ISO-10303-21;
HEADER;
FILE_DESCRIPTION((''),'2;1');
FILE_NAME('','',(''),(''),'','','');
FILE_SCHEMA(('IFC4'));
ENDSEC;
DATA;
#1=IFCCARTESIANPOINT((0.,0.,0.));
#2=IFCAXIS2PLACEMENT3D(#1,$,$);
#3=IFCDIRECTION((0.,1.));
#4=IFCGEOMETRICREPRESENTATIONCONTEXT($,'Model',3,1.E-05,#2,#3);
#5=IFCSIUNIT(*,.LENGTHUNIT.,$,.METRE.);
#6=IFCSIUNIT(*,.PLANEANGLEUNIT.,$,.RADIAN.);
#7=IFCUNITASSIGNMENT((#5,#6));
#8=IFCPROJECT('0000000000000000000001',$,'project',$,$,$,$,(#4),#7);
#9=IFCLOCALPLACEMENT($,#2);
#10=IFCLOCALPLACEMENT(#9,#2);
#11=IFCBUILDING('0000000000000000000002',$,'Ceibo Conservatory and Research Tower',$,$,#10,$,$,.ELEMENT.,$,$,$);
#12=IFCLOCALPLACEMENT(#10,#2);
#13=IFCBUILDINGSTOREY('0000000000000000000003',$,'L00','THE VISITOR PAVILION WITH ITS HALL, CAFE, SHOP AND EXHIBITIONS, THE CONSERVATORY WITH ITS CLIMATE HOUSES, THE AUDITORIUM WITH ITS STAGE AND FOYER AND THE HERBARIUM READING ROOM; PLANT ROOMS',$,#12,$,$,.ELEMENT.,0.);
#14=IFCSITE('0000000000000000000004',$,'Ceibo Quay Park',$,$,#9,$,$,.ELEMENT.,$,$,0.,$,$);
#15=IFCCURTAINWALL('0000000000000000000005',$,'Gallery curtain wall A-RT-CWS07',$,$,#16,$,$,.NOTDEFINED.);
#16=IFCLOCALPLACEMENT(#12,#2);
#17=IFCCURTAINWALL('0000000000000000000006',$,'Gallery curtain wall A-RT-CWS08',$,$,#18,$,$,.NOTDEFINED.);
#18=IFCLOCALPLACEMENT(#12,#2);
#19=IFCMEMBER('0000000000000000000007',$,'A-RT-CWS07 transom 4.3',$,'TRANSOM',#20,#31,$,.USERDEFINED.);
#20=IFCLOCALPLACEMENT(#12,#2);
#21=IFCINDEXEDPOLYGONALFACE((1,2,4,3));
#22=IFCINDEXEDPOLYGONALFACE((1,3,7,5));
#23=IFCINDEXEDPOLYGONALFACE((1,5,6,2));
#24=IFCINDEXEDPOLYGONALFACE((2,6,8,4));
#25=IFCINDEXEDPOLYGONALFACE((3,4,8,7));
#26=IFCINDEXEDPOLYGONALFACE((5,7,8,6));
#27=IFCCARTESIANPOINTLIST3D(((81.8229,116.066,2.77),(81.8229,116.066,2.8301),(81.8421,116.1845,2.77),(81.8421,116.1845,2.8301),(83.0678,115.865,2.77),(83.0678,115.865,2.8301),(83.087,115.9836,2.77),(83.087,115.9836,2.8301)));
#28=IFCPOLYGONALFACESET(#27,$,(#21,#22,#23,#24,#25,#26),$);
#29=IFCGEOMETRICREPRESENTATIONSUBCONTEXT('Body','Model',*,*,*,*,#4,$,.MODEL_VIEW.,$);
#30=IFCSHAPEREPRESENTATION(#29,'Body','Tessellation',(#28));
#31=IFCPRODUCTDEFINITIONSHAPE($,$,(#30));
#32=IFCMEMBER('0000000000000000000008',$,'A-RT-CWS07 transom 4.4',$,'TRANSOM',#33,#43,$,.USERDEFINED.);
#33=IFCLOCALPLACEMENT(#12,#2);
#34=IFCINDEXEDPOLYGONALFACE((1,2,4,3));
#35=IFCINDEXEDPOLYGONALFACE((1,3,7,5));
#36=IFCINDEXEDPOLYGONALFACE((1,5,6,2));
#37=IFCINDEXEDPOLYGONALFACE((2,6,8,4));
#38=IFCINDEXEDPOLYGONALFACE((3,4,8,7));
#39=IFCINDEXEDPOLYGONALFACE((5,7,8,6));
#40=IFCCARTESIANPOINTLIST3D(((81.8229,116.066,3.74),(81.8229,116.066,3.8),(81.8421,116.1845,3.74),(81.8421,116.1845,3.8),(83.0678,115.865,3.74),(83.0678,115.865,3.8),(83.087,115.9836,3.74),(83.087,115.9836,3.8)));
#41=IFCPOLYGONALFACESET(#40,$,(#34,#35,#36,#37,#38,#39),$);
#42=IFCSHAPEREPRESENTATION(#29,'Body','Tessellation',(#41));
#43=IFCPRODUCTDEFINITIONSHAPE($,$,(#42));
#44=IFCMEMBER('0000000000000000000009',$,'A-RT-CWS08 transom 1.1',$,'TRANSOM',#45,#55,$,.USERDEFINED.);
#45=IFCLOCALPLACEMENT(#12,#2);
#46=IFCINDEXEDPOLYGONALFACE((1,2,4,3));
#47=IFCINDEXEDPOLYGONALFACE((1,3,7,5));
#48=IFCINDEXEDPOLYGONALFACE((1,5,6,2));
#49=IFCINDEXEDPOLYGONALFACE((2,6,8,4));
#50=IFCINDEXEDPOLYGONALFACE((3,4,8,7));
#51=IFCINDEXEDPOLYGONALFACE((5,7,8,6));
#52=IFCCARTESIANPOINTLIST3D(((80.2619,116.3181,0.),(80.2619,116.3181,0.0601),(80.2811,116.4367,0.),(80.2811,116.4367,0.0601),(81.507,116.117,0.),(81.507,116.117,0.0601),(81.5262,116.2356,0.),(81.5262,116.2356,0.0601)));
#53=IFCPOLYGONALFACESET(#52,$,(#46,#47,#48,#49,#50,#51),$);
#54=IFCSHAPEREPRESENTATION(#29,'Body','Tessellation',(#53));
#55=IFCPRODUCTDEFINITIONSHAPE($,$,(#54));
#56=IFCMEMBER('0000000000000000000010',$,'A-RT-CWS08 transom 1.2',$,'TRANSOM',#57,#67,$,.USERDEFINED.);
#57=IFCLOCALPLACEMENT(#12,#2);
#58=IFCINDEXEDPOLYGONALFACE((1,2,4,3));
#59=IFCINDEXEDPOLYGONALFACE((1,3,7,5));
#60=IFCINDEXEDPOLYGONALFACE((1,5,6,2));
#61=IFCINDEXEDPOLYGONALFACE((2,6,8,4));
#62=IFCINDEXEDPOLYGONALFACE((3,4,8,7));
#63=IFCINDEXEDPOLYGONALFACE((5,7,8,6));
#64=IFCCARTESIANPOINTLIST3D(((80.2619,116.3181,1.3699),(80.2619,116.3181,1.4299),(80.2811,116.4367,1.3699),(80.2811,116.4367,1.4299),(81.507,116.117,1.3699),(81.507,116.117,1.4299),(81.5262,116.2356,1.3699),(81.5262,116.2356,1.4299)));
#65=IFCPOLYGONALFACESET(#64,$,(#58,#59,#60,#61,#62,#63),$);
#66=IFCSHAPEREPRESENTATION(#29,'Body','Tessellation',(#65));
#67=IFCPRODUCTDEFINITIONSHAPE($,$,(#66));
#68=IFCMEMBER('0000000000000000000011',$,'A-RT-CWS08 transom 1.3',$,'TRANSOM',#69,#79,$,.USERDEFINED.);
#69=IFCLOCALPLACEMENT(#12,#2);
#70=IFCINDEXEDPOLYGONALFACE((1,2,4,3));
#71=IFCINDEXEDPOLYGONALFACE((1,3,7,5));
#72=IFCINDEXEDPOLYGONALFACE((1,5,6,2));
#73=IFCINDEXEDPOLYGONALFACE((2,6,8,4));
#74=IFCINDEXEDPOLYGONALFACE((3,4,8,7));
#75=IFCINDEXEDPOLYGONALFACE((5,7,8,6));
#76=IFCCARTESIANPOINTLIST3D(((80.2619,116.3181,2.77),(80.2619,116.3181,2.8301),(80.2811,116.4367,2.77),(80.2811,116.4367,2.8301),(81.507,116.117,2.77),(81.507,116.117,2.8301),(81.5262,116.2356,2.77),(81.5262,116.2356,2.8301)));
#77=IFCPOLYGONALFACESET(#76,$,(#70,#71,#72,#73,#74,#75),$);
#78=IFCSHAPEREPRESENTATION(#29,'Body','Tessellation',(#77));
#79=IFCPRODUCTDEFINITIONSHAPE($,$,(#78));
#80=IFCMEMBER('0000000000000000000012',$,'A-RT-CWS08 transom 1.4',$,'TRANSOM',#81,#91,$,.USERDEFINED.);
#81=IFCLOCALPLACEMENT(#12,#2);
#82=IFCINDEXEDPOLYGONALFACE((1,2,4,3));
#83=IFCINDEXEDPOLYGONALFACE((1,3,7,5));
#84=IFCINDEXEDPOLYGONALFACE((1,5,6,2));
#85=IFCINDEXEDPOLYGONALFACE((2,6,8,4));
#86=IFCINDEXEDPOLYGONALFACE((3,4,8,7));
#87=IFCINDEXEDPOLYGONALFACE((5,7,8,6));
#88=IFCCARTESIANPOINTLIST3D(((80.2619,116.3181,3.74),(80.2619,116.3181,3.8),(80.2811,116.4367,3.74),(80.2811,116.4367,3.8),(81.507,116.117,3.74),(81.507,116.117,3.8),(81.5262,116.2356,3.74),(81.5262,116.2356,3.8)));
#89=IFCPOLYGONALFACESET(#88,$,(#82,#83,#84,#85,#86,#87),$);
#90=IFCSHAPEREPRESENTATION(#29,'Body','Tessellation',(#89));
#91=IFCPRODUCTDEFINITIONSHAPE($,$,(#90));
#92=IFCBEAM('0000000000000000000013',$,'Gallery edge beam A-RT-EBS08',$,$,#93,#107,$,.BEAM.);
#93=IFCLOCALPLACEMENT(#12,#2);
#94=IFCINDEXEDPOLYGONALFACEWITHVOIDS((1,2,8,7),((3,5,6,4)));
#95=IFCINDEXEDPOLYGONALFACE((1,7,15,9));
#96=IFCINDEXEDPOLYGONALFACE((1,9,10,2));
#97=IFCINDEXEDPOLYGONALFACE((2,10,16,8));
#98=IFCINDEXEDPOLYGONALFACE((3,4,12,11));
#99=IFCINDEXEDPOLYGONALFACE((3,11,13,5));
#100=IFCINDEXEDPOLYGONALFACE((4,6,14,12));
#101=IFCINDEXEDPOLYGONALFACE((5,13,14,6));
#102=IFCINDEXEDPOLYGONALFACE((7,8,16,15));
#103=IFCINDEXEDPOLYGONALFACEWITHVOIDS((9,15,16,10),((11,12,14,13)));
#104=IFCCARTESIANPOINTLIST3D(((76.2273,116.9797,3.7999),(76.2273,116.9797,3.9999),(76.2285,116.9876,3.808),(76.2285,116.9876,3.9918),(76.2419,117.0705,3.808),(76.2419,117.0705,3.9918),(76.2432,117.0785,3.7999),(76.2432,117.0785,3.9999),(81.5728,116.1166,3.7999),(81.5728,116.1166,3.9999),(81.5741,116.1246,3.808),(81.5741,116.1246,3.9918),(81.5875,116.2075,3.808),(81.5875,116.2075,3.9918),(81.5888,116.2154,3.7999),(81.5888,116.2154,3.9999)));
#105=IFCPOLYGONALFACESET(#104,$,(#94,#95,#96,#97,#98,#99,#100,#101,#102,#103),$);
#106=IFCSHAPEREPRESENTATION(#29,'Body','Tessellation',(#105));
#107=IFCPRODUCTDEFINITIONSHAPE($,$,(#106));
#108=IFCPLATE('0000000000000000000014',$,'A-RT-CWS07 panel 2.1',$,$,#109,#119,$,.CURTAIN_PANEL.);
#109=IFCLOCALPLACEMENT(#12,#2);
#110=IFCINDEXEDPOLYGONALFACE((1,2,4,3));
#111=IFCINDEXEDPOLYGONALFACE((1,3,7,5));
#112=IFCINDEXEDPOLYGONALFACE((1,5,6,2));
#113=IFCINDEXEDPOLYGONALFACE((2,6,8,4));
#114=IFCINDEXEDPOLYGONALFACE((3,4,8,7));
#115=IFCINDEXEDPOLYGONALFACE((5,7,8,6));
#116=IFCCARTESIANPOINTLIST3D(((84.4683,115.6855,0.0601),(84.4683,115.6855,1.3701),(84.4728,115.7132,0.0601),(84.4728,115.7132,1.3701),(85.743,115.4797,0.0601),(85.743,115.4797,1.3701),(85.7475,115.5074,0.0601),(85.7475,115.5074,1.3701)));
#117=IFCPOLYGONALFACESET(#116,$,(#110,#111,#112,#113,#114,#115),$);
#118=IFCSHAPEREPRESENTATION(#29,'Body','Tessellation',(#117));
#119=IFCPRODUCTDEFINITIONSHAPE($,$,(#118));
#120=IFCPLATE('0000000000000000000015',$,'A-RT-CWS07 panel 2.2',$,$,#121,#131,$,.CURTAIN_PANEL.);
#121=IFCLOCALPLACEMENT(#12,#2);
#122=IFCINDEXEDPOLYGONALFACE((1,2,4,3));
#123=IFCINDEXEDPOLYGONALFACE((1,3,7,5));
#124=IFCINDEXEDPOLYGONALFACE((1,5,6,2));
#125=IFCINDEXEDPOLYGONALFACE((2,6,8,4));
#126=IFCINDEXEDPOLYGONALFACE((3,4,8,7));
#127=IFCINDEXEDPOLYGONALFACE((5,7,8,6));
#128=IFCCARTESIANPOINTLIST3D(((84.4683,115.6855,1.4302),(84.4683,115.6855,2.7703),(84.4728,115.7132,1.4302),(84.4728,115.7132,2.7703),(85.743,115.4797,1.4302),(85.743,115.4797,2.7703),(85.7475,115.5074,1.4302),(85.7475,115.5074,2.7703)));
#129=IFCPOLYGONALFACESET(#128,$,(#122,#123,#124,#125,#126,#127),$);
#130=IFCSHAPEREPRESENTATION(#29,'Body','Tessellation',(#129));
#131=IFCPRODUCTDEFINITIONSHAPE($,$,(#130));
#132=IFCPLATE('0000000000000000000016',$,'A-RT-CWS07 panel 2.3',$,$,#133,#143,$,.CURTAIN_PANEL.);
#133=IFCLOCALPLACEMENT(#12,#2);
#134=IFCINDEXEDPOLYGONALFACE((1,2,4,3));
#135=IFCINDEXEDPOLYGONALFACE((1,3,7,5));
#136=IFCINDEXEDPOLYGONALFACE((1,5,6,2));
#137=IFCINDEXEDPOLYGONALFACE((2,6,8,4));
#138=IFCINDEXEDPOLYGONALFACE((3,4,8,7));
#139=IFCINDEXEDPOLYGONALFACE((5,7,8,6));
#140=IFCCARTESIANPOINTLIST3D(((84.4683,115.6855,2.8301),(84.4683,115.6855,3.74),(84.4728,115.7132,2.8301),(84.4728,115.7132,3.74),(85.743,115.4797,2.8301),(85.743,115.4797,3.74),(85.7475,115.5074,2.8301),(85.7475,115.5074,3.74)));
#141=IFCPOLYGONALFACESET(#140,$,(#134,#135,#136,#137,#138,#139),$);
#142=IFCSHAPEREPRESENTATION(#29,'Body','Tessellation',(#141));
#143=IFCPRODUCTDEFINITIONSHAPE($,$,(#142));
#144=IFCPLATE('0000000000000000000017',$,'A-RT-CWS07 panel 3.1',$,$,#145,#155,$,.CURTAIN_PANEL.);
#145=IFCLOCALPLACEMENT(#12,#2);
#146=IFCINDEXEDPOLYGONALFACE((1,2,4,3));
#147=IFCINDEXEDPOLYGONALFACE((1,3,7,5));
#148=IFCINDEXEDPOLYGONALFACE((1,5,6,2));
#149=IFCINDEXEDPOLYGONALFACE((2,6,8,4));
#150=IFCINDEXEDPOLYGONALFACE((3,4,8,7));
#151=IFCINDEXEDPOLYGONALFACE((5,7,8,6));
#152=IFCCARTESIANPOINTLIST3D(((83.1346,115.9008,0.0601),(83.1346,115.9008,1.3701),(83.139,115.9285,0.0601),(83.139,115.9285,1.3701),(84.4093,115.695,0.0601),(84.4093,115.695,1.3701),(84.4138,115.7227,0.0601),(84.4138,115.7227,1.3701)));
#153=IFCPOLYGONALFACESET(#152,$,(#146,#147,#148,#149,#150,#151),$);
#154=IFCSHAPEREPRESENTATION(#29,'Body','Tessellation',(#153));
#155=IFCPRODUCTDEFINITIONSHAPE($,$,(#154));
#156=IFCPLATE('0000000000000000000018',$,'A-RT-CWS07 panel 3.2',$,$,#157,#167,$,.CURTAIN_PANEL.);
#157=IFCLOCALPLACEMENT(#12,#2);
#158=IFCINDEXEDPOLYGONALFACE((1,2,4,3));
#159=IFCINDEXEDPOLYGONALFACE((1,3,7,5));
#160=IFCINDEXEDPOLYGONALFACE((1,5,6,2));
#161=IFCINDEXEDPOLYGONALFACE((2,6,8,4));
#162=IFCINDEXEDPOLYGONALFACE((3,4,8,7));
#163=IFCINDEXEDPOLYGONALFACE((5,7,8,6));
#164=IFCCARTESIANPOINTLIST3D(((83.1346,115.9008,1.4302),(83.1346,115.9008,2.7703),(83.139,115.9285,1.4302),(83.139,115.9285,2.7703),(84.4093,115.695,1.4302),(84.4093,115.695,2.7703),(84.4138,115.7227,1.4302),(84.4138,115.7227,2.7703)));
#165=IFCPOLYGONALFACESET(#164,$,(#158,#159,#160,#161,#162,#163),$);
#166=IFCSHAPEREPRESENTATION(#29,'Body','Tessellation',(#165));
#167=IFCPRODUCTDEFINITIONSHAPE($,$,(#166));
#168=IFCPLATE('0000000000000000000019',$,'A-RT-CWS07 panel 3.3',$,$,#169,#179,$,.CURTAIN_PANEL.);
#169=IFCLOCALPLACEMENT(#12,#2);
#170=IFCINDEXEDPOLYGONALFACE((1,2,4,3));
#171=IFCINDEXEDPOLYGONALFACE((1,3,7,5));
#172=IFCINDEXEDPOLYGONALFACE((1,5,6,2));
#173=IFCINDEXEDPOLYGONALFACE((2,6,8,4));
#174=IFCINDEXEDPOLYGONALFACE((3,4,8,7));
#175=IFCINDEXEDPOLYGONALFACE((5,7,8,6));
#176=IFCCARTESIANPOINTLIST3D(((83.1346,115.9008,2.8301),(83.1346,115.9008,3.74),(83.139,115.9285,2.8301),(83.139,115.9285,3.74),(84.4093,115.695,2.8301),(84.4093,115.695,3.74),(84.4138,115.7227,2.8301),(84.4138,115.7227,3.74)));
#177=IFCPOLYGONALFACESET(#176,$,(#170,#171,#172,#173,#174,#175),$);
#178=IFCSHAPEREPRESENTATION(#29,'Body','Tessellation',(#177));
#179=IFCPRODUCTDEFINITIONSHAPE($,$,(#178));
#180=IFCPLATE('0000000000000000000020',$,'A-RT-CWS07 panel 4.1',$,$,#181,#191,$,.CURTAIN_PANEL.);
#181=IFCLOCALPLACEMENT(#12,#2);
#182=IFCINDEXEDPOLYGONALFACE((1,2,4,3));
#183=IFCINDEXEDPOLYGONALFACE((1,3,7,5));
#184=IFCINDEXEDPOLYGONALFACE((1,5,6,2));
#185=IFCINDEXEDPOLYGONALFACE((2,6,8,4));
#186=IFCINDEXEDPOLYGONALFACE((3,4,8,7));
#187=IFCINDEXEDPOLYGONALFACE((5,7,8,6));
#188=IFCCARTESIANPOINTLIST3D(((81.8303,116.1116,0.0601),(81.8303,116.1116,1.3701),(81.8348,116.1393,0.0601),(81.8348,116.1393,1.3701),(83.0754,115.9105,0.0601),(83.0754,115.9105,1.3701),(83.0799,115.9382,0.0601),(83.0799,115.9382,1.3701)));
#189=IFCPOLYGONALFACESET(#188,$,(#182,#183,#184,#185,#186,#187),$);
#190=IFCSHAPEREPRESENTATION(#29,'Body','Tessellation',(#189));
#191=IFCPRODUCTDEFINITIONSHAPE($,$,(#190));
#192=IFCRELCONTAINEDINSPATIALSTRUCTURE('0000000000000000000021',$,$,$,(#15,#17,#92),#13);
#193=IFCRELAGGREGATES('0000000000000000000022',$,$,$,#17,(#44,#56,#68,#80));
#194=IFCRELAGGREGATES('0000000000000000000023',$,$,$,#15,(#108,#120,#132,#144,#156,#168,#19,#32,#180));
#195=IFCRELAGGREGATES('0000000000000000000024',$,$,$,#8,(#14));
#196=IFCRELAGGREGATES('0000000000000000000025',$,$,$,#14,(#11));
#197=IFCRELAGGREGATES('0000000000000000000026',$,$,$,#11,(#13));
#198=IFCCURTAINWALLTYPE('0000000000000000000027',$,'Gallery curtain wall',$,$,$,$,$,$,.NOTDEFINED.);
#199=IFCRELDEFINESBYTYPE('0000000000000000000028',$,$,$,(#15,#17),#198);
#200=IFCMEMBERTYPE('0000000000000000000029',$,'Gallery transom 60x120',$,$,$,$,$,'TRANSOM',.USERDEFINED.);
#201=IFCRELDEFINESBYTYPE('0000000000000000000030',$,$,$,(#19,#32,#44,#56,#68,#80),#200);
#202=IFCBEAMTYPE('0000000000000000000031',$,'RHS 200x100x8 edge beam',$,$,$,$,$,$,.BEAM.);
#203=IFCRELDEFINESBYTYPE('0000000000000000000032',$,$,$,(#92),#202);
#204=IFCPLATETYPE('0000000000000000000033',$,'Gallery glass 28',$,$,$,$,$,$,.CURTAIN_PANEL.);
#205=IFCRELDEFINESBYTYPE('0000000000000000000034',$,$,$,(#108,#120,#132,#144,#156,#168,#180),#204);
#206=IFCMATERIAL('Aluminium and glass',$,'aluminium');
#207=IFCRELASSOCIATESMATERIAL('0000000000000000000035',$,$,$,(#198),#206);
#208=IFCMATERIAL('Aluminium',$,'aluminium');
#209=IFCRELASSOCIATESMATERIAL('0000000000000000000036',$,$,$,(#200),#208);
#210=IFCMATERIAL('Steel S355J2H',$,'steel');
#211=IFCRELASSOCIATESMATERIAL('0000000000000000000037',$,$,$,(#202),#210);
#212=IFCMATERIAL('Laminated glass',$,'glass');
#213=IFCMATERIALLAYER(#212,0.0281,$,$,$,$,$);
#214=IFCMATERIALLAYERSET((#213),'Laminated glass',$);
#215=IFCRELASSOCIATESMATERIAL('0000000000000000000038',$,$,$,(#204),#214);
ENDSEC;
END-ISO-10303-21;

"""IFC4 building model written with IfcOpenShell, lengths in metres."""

from ifc_helpers import new_model, si_unit, direction, frame, origin, origin_2d, place, context, subcontext, project, spatial, rectangle, hollow_rectangle, extrude, material, layer, layer_set, material_profile, profile_set, type_object, element, aggregate, save


model = new_model("IFC4")

# Units and contexts
model_context = context("Model", 3, precision=1e-05, world=origin(), true_north=direction((0.0, 1.0)))
body_context = subcontext(model_context, "Body", "Model", "MODEL_VIEW")
ifc_project = project(units=[si_unit("LENGTHUNIT", "METRE"), si_unit("PLANEANGLEUNIT", "RADIAN")], contexts=[model_context])

# Site, building, storey
site_placement = place(None, origin())
site = spatial("IfcSite", under=ifc_project, at=site_placement, Name="Ceibo Quay Park", CompositionType="ELEMENT", RefElevation=0.0)
building_placement = place(site_placement, origin())
building = spatial("IfcBuilding", under=site, at=building_placement, Name="Ceibo Conservatory and Research Tower", CompositionType="ELEMENT")
storey_placement = place(building_placement, origin())
storey = spatial("IfcBuildingStorey", under=building, at=storey_placement, Name="L00", Description="THE VISITOR PAVILION WITH ITS HALL, CAFE, SHOP AND EXHIBITIONS, THE CONSERVATORY WITH ITS CLIMATE HOUSES, THE AUDITORIUM WITH ITS STAGE AND FOYER AND THE HERBARIUM READING ROOM; PLANT ROOMS", CompositionType="ELEMENT", Elevation=0.0)

# Shared definitions
ifc_material_1 = material(Name="Steel S355J2H", Category="steel")

# Curtain wall
ifc_material_2 = material(Name="Aluminium and glass", Category="aluminium")
curtain_wall_type = type_object("IfcCurtainWallType", Name="Gallery curtain wall", PredefinedType="NOTDEFINED", material=ifc_material_2)
curtain_wall_1_placement = place(storey_placement, origin())
curtain_wall_1 = element("IfcCurtainWall", 1, at=curtain_wall_1_placement, inside=storey, type_object=curtain_wall_type, Name="Gallery curtain wall A-RT-CWS07", PredefinedType="NOTDEFINED")
ifc_material_3 = material(Name="Aluminium", Category="aluminium")

# Curtain wall
curtain_wall_2_placement = place(storey_placement, origin())
curtain_wall_2 = element("IfcCurtainWall", 2, at=curtain_wall_2_placement, inside=storey, type_object=curtain_wall_type, Name="Gallery curtain wall A-RT-CWS08", PredefinedType="NOTDEFINED")

# Members
ifc_material_profile_1 = material_profile(ifc_material_3, rectangle(XDim=0.1201, YDim=0.0601, at=origin_2d()), Name="AL 60x120")
ifc_profile_set_1 = profile_set([ifc_material_profile_1], Name="Aluminium")
member_type_1 = type_object("IfcMemberType", Name="Gallery transom 60x120", ElementType="TRANSOM", PredefinedType="USERDEFINED", material=ifc_profile_set_1)
member_1_placement = place(storey_placement, frame((83.0774, 115.9243, 2.8), z_axis=(-0.987223, 0.159342, 0.0), x_axis=(-0.159342, -0.987223, 0.0)))
member_1 = element("IfcMember", 3, at=member_1_placement, type_object=member_type_1, Name="A-RT-CWS07 transom 4.3", ObjectType="TRANSOM", PredefinedType="USERDEFINED", context=body_context, shape_type="SweptSolid", body=[
    extrude(rectangle(XDim=0.1201, YDim=0.0601, at=origin_2d()), origin(), (0.0, 0.0, 1.0), 1.261),
])
member_2_placement = place(storey_placement, frame((83.0774, 115.9243, 3.77), z_axis=(-0.987223, 0.159342, 0.0), x_axis=(-0.159342, -0.987223, 0.0)))
member_2 = element("IfcMember", 4, at=member_2_placement, type_object=member_type_1, Name="A-RT-CWS07 transom 4.4", ObjectType="TRANSOM", PredefinedType="USERDEFINED", context=body_context, shape_type="SweptSolid", body=[
    extrude(rectangle(XDim=0.1201, YDim=0.0601, at=origin_2d()), origin(), (0.0, 0.0, 1.0), 1.261),
])
member_3_placement = place(storey_placement, frame((81.5166, 116.1763, 0.03), z_axis=(-0.987198, 0.1595, 0.0), x_axis=(-0.1595, -0.987198, 0.0)))
member_3 = element("IfcMember", 5, at=member_3_placement, type_object=member_type_1, Name="A-RT-CWS08 transom 1.1", ObjectType="TRANSOM", PredefinedType="USERDEFINED", context=body_context, shape_type="SweptSolid", body=[
    extrude(rectangle(XDim=0.1201, YDim=0.0601, at=origin_2d()), origin(), (0.0, 0.0, 1.0), 1.2612),
])
member_4_placement = place(storey_placement, frame((81.5166, 116.1763, 1.3999), z_axis=(-0.987198, 0.1595, 0.0), x_axis=(-0.1595, -0.987198, 0.0)))
member_4 = element("IfcMember", 6, at=member_4_placement, type_object=member_type_1, Name="A-RT-CWS08 transom 1.2", ObjectType="TRANSOM", PredefinedType="USERDEFINED", context=body_context, shape_type="SweptSolid", body=[
    extrude(rectangle(XDim=0.1201, YDim=0.0601, at=origin_2d()), origin(), (0.0, 0.0, 1.0), 1.2612),
])
member_5_placement = place(storey_placement, frame((81.5166, 116.1763, 2.8), z_axis=(-0.987198, 0.1595, 0.0), x_axis=(-0.1595, -0.987198, 0.0)))
member_5 = element("IfcMember", 7, at=member_5_placement, type_object=member_type_1, Name="A-RT-CWS08 transom 1.3", ObjectType="TRANSOM", PredefinedType="USERDEFINED", context=body_context, shape_type="SweptSolid", body=[
    extrude(rectangle(XDim=0.1201, YDim=0.0601, at=origin_2d()), origin(), (0.0, 0.0, 1.0), 1.2612),
])
member_6_placement = place(storey_placement, frame((81.5166, 116.1763, 3.77), z_axis=(-0.987198, 0.1595, 0.0), x_axis=(-0.1595, -0.987198, 0.0)))
member_6 = element("IfcMember", 8, at=member_6_placement, type_object=member_type_1, Name="A-RT-CWS08 transom 1.4", ObjectType="TRANSOM", PredefinedType="USERDEFINED", context=body_context, shape_type="SweptSolid", body=[
    extrude(rectangle(XDim=0.1201, YDim=0.0601, at=origin_2d()), origin(), (0.0, 0.0, 1.0), 1.2612),
])
aggregate(curtain_wall_2, [member_3, member_4, member_5, member_6])

# Beam
ifc_material_profile_2 = material_profile(ifc_material_1, hollow_rectangle(XDim=0.1001, YDim=0.2, WallThickness=0.0081, at=origin_2d()), Name="RHS 200x100x8 edge beam")
ifc_profile_set_2 = profile_set([ifc_material_profile_2], Name="Steel S355J2H")
beam_type = type_object("IfcBeamType", Name="RHS 200x100x8 edge beam", PredefinedType="BEAM", material=ifc_profile_set_2)
beam_placement = place(storey_placement, frame((81.5808, 116.166, 3.8999), z_axis=(-0.987216, 0.159388, 0.0), x_axis=(-0.159388, -0.987216, 0.0)))
element("IfcBeam", 9, at=beam_placement, inside=storey, type_object=beam_type, Name="Gallery edge beam A-RT-EBS08", PredefinedType="BEAM", context=body_context, shape_type="SweptSolid", body=[
    extrude(hollow_rectangle(XDim=0.1001, YDim=0.2, WallThickness=0.0081, at=origin_2d()), origin(), (0.0, 0.0, 1.0), 5.4148),
])

# Plates
ifc_material_4 = material(Name="Laminated glass", Category="glass")
ifc_layer = layer(ifc_material_4, 0.0281)
ifc_layer_set = layer_set([ifc_layer], Name="Laminated glass")
plate_type = type_object("IfcPlateType", Name="Gallery glass 28", PredefinedType="CURTAIN_PANEL", material=ifc_layer_set)
plate_1_placement = place(storey_placement, frame((85.1079, 115.5964, 0.0601), z_axis=(0.0, 0.0, 1.0), x_axis=(-0.987216, 0.159391, 0.0)))
plate_1 = element("IfcPlate", 10, at=plate_1_placement, type_object=plate_type, Name="A-RT-CWS07 panel 2.1", PredefinedType="CURTAIN_PANEL", context=body_context, shape_type="SweptSolid", body=[
    extrude(rectangle(XDim=1.2913, YDim=0.0281, at=origin_2d()), origin(), (0.0, 0.0, 1.0), 1.3101),
])
plate_2_placement = place(storey_placement, frame((85.1079, 115.5964, 1.4302), z_axis=(0.0, 0.0, 1.0), x_axis=(-0.987216, 0.159391, 0.0)))
plate_2 = element("IfcPlate", 11, at=plate_2_placement, type_object=plate_type, Name="A-RT-CWS07 panel 2.2", PredefinedType="CURTAIN_PANEL", context=body_context, shape_type="SweptSolid", body=[
    extrude(rectangle(XDim=1.2913, YDim=0.0281, at=origin_2d()), origin(), (0.0, 0.0, 1.0), 1.3401),
])
plate_3_placement = place(storey_placement, frame((85.1079, 115.5964, 2.8301), z_axis=(0.0, 0.0, 1.0), x_axis=(-0.987216, 0.159391, 0.0)))
plate_3 = element("IfcPlate", 12, at=plate_3_placement, type_object=plate_type, Name="A-RT-CWS07 panel 2.3", PredefinedType="CURTAIN_PANEL", context=body_context, shape_type="SweptSolid", body=[
    extrude(rectangle(XDim=1.2913, YDim=0.0281, at=origin_2d()), origin(), (0.0, 0.0, 1.0), 0.9099),
])
plate_4_placement = place(storey_placement, frame((83.7742, 115.8118, 0.0601), z_axis=(0.0, 0.0, 1.0), x_axis=(-0.987216, 0.159391, 0.0)))
plate_4 = element("IfcPlate", 13, at=plate_4_placement, type_object=plate_type, Name="A-RT-CWS07 panel 3.1", PredefinedType="CURTAIN_PANEL", context=body_context, shape_type="SweptSolid", body=[
    extrude(rectangle(XDim=1.2913, YDim=0.0281, at=origin_2d()), origin(), (0.0, 0.0, 1.0), 1.3101),
])
plate_5_placement = place(storey_placement, frame((83.7742, 115.8118, 1.4302), z_axis=(0.0, 0.0, 1.0), x_axis=(-0.987216, 0.159391, 0.0)))
plate_5 = element("IfcPlate", 14, at=plate_5_placement, type_object=plate_type, Name="A-RT-CWS07 panel 3.2", PredefinedType="CURTAIN_PANEL", context=body_context, shape_type="SweptSolid", body=[
    extrude(rectangle(XDim=1.2913, YDim=0.0281, at=origin_2d()), origin(), (0.0, 0.0, 1.0), 1.3401),
])
plate_6_placement = place(storey_placement, frame((83.7742, 115.8118, 2.8301), z_axis=(0.0, 0.0, 1.0), x_axis=(-0.987216, 0.159391, 0.0)))
plate_6 = element("IfcPlate", 15, at=plate_6_placement, type_object=plate_type, Name="A-RT-CWS07 panel 3.3", PredefinedType="CURTAIN_PANEL", context=body_context, shape_type="SweptSolid", body=[
    extrude(rectangle(XDim=1.2913, YDim=0.0281, at=origin_2d()), origin(), (0.0, 0.0, 1.0), 0.9099),
])
plate_7_placement = place(storey_placement, frame((82.4551, 116.0249, 0.0601), z_axis=(0.0, 0.0, 1.0), x_axis=(-0.987216, 0.159391, 0.0)))
plate_7 = element("IfcPlate", 16, at=plate_7_placement, type_object=plate_type, Name="A-RT-CWS07 panel 4.1", PredefinedType="CURTAIN_PANEL", context=body_context, shape_type="SweptSolid", body=[
    extrude(rectangle(XDim=1.2612, YDim=0.0281, at=origin_2d()), origin(), (0.0, 0.0, 1.0), 1.3101),
])
aggregate(curtain_wall_1, [plate_1, plate_2, plate_3, plate_4, plate_5, plate_6, member_1, member_2, plate_7])

save(model, "model.ifc")
